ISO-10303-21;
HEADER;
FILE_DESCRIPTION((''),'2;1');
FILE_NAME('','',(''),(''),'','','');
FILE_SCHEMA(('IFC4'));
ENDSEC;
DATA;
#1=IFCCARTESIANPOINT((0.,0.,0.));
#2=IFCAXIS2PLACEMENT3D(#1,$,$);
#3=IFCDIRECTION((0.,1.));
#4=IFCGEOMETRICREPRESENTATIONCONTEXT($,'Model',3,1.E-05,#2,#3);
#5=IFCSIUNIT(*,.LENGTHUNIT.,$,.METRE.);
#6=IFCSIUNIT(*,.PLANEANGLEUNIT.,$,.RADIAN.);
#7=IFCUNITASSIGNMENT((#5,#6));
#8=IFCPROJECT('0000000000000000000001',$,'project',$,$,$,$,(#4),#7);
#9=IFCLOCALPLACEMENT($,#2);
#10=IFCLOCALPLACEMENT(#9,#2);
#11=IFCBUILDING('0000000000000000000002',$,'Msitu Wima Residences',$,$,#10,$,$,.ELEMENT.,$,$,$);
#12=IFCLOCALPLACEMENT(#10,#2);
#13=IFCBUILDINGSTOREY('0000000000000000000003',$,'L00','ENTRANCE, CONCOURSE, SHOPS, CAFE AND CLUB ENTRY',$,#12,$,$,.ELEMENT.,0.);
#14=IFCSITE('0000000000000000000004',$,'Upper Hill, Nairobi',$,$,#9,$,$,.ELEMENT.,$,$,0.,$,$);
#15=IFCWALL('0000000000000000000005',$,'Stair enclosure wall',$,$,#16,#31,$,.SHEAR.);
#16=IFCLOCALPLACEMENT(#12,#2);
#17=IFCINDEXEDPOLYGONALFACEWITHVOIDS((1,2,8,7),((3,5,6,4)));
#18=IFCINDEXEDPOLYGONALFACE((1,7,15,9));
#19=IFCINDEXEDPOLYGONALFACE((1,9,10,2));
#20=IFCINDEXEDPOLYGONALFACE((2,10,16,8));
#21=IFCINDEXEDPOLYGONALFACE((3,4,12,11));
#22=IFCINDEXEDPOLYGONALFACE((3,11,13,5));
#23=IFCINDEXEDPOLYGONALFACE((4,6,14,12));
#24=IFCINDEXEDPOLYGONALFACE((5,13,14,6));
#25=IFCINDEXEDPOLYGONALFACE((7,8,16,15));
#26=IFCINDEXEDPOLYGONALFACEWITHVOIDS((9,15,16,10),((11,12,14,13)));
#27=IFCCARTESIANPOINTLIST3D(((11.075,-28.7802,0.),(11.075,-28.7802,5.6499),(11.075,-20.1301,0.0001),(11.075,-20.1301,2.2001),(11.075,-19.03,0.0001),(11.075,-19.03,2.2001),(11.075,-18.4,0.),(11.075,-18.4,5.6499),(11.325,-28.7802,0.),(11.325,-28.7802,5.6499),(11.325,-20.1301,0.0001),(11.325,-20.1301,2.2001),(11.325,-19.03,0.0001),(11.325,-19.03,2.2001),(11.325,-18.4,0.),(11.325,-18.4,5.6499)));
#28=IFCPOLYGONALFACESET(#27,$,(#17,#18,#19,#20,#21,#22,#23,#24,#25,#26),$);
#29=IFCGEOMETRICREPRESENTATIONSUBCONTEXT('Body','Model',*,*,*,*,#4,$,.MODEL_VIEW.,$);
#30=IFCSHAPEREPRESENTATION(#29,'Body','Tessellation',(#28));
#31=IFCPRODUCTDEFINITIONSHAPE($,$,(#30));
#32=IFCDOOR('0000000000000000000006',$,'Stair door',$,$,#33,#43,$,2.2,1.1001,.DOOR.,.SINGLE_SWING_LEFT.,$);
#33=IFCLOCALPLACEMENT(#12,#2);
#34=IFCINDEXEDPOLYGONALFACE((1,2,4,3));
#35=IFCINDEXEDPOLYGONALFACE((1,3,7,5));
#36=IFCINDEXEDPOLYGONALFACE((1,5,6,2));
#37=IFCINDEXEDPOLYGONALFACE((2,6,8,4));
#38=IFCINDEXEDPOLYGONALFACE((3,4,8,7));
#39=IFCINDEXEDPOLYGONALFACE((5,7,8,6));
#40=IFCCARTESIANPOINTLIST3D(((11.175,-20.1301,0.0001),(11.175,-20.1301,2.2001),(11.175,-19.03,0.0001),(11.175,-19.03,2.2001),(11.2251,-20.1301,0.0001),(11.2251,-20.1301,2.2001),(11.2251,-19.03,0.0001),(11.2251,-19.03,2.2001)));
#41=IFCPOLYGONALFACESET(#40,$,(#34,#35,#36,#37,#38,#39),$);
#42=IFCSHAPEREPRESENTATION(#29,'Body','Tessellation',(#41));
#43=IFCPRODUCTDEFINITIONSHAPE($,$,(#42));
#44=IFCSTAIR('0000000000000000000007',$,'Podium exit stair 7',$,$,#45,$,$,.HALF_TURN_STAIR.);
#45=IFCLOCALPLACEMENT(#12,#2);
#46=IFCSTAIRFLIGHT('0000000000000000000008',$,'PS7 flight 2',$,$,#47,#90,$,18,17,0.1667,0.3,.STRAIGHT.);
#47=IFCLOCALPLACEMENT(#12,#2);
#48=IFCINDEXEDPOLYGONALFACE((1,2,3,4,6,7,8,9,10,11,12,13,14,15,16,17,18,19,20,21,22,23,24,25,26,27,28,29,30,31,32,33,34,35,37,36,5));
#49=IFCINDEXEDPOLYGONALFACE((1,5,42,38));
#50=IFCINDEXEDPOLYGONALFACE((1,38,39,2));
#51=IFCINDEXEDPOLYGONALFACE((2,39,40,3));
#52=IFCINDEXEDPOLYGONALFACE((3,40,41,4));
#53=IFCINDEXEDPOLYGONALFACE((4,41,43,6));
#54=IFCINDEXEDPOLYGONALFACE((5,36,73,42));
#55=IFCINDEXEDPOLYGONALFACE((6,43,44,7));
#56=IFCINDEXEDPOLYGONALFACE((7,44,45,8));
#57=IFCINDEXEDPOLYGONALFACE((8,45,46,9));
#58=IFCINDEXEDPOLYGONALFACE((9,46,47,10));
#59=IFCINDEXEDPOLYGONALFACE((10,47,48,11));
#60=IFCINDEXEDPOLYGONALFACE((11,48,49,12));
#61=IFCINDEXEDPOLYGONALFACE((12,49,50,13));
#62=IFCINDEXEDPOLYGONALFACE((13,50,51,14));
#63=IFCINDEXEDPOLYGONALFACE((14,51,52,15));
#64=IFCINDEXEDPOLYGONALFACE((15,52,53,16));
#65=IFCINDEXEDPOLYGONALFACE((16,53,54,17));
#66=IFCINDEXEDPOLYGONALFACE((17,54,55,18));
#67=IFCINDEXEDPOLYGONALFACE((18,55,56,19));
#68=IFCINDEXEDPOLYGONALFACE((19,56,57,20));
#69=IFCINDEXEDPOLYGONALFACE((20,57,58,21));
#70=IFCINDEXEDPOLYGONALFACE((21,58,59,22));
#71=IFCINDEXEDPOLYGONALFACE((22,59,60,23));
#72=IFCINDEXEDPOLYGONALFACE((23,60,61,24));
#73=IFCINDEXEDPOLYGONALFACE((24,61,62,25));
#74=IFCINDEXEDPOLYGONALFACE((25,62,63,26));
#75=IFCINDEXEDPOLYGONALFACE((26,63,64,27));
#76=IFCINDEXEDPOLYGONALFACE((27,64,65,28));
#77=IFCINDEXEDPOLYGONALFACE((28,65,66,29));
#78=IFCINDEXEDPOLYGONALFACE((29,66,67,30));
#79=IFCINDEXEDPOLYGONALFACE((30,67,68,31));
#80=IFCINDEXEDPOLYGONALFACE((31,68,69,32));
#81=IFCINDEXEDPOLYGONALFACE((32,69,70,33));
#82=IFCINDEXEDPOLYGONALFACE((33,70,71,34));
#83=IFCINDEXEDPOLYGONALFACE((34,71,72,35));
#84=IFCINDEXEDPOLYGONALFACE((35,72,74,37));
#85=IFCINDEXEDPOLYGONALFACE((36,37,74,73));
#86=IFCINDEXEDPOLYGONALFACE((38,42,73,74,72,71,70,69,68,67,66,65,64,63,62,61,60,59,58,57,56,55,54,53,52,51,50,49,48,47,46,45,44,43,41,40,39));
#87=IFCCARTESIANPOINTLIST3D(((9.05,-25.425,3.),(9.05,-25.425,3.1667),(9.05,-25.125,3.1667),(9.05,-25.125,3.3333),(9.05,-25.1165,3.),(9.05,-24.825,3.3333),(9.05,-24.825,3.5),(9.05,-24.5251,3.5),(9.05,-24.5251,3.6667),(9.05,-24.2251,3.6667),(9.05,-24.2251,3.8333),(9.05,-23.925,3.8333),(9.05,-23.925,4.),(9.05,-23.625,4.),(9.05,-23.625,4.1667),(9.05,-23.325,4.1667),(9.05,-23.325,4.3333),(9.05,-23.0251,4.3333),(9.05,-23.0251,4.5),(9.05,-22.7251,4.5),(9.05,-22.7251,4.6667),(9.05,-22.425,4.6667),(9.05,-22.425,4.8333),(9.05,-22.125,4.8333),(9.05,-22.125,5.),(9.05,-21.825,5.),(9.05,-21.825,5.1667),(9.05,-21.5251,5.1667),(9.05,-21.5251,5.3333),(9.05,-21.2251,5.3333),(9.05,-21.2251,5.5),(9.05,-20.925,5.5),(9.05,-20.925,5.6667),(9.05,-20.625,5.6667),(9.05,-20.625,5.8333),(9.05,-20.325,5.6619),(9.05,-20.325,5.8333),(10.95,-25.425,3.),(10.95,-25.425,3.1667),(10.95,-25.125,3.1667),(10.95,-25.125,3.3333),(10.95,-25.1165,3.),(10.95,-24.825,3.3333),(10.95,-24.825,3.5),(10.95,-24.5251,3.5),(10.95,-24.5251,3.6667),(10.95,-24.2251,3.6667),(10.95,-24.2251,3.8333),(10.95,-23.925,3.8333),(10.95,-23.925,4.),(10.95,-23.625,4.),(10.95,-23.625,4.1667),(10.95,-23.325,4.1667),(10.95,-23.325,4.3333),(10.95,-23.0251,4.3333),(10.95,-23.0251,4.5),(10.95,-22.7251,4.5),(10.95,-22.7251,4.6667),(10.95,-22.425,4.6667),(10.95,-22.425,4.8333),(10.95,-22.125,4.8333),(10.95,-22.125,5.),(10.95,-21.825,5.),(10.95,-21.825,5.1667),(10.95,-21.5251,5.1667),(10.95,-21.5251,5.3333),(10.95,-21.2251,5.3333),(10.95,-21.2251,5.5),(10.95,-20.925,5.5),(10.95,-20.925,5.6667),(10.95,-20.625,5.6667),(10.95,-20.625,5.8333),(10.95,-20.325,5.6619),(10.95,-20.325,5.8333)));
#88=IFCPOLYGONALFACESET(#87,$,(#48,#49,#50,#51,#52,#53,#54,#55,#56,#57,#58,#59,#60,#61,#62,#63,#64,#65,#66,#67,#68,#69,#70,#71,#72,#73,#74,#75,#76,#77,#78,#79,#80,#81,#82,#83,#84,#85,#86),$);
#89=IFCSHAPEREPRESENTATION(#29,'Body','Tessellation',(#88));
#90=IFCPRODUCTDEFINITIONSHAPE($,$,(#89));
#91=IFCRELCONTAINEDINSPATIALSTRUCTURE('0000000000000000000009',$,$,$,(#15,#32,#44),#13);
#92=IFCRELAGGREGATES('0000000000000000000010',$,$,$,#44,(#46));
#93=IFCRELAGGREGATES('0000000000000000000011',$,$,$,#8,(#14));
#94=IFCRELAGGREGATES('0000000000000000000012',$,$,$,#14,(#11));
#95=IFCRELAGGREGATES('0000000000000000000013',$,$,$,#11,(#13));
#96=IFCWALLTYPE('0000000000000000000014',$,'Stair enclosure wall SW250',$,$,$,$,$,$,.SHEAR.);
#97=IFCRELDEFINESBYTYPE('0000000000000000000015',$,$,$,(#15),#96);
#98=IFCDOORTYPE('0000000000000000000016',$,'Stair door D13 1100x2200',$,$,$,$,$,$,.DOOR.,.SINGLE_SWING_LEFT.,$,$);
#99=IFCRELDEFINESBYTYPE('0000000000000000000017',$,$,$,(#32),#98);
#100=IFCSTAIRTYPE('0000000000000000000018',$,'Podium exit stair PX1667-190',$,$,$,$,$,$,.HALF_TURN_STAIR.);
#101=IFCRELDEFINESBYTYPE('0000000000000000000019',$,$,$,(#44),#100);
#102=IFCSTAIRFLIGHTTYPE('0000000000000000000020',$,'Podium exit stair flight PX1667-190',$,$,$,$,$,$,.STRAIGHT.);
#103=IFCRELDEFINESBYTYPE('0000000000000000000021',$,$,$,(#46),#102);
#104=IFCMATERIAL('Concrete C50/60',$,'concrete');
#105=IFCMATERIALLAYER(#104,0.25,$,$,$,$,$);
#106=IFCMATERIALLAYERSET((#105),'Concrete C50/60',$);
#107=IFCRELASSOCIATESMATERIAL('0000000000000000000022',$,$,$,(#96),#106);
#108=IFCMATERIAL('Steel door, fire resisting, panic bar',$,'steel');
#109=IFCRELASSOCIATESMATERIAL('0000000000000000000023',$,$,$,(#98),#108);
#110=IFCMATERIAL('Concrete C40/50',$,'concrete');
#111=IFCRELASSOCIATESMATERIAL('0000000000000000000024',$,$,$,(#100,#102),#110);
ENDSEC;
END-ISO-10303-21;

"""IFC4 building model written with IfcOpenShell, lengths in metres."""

from ifc_helpers import new_model, si_unit, direction, frame, frame_2d, origin, place, context, subcontext, project, spatial, polyline, rectangle, outline, extrude, material, layer, layer_set, type_object, element, fill, aggregate, save


model = new_model("IFC4")

# Units and contexts
model_context = context("Model", 3, precision=1e-05, world=origin(), true_north=direction((0.0, 1.0)))
body_context = subcontext(model_context, "Body", "Model", "MODEL_VIEW")
ifc_project = project(units=[si_unit("LENGTHUNIT", "METRE"), si_unit("PLANEANGLEUNIT", "RADIAN")], contexts=[model_context])

# Site, building, storey
site_placement = place(None, origin())
site = spatial("IfcSite", under=ifc_project, at=site_placement, Name="Upper Hill, Nairobi", CompositionType="ELEMENT", RefElevation=0.0)
building_placement = place(site_placement, origin())
building = spatial("IfcBuilding", under=site, at=building_placement, Name="Msitu Wima Residences", CompositionType="ELEMENT")
storey_placement = place(building_placement, origin())
storey = spatial("IfcBuildingStorey", under=building, at=storey_placement, Name="L00", Description="ENTRANCE, CONCOURSE, SHOPS, CAFE AND CLUB ENTRY", CompositionType="ELEMENT", Elevation=0.0)

# Shared definitions
ifc_material_1 = material(Name="Concrete C40/50", Category="concrete")

# Shared definitions
ifc_material_2 = material(Name="Concrete C50/60", Category="concrete")
ifc_layer_1 = layer(ifc_material_2, 0.25)
ifc_layer_set_1 = layer_set([ifc_layer_1], Name="Concrete C50/60")
wall_type_1 = type_object("IfcWallType", Name="Stair enclosure wall SW250", PredefinedType="SHEAR", material=ifc_layer_set_1)

# Wall, opening, door
wall_1_placement = place(storey_placement, frame((11.2, -28.78, 0.0), z_axis=(0.0, 0.0, 1.0), x_axis=(0.0, 1.0, 0.0)))
wall_1 = element("IfcWall", 1, at=wall_1_placement, inside=storey, type_object=wall_type_1, Name="Stair enclosure wall", PredefinedType="SHEAR", context=body_context, shape_type="SweptSolid", body=[
    extrude(rectangle(XDim=10.3801, YDim=0.25, at=frame_2d((5.1899, 0.0))), origin(), (0.0, 0.0, 1.0), 5.6499),
])
opening_1_placement = place(wall_1_placement, frame((8.6499, 0.0, 0.0)))
opening_1 = element("IfcOpeningElement", 2, at=opening_1_placement, cuts=wall_1, PredefinedType="OPENING", context=body_context, shape_type="SweptSolid", body=[
    extrude(rectangle(XDim=1.1001, YDim=2.2, at=frame_2d((0.55, 1.1001))), frame((0.0, 0.135, 0.0), z_axis=(0.0, -1.0, 0.0), x_axis=(1.0, 0.0, 0.0)), (0.0, 0.0, 1.0), 0.27),
])
ifc_material_3 = material(Name="Steel door, fire resisting, panic bar", Category="steel")
door_type_1 = type_object("IfcDoorType", Name="Stair door D13 1100x2200", OperationType="SINGLE_SWING_LEFT", PredefinedType="DOOR", material=ifc_material_3)
door_1_placement = place(opening_1_placement, origin())
door_1 = element("IfcDoor", 3, at=door_1_placement, inside=storey, type_object=door_type_1, Name="Stair door", OperationType="SINGLE_SWING_LEFT", OverallHeight=2.2, OverallWidth=1.1001, PredefinedType="DOOR", context=body_context, shape_type="SweptSolid", body=[
    extrude(rectangle(XDim=1.1001, YDim=2.2, at=frame_2d((0.55, 1.1001))), frame((0.0, 0.0249, 0.0), z_axis=(0.0, -1.0, 0.0), x_axis=(1.0, 0.0, 0.0)), (0.0, 0.0, 1.0), 0.05),
])
fill(opening_1, door_1)

# Stair, stair flight
stair_type = type_object("IfcStairType", Name="Podium exit stair PX1667-190", PredefinedType="HALF_TURN_STAIR", material=ifc_material_1)
stair_placement = place(storey_placement, origin())
stair = element("IfcStair", 4, at=stair_placement, inside=storey, type_object=stair_type, Name="Podium exit stair 7", PredefinedType="HALF_TURN_STAIR")
stair_flight_type = type_object("IfcStairFlightType", Name="Podium exit stair flight PX1667-190", PredefinedType="STRAIGHT", material=ifc_material_1)
stair_flight_placement = place(storey_placement, frame((10.0, -25.425, 3.0), z_axis=(0.0, 0.0, 1.0), x_axis=(0.0, 1.0, 0.0)))
stair_flight = element("IfcStairFlight", 5, at=stair_flight_placement, type_object=stair_flight_type, Name="PS7 flight 2", NumberOfRisers=18, NumberOfTreads=17, PredefinedType="STRAIGHT", RiserHeight=0.1667, TreadLength=0.3, context=body_context, shape_type="SweptSolid", body=[
    extrude(outline(polyline([(0.0, 0.0), (0.0, 0.1667), (0.3, 0.1667), (0.3, 0.3333), (0.6001, 0.3333), (0.6001, 0.5), (0.8999, 0.5), (0.8999, 0.6667), (1.2, 0.6667), (1.2, 0.8333), (1.5, 0.8333), (1.5, 1.0), (1.8, 1.0), (1.8, 1.1667), (2.1001, 1.1667), (2.1001, 1.3333), (2.3999, 1.3333), (2.3999, 1.5), (2.7, 1.5), (2.7, 1.6667), (3.0, 1.6667), (3.0, 1.8333), (3.3, 1.8333), (3.3, 2.0), (3.6001, 2.0), (3.6001, 2.1667), (3.8999, 2.1667), (3.8999, 2.3333), (4.2, 2.3333), (4.2, 2.5), (4.5, 2.5), (4.5, 2.6667), (4.8, 2.6667), (4.8, 2.8333), (5.1001, 2.8333), (5.1001, 3.0), (5.1001, 2.6619), (0.3086, 0.0), (0.0, 0.0)])), frame((0.0, 0.95, 0.0), z_axis=(0.0, -1.0, 0.0), x_axis=(1.0, 0.0, 0.0)), (0.0, 0.0, 1.0), 1.8999),
])
aggregate(stair, [stair_flight])

save(model, "model.ifc")
